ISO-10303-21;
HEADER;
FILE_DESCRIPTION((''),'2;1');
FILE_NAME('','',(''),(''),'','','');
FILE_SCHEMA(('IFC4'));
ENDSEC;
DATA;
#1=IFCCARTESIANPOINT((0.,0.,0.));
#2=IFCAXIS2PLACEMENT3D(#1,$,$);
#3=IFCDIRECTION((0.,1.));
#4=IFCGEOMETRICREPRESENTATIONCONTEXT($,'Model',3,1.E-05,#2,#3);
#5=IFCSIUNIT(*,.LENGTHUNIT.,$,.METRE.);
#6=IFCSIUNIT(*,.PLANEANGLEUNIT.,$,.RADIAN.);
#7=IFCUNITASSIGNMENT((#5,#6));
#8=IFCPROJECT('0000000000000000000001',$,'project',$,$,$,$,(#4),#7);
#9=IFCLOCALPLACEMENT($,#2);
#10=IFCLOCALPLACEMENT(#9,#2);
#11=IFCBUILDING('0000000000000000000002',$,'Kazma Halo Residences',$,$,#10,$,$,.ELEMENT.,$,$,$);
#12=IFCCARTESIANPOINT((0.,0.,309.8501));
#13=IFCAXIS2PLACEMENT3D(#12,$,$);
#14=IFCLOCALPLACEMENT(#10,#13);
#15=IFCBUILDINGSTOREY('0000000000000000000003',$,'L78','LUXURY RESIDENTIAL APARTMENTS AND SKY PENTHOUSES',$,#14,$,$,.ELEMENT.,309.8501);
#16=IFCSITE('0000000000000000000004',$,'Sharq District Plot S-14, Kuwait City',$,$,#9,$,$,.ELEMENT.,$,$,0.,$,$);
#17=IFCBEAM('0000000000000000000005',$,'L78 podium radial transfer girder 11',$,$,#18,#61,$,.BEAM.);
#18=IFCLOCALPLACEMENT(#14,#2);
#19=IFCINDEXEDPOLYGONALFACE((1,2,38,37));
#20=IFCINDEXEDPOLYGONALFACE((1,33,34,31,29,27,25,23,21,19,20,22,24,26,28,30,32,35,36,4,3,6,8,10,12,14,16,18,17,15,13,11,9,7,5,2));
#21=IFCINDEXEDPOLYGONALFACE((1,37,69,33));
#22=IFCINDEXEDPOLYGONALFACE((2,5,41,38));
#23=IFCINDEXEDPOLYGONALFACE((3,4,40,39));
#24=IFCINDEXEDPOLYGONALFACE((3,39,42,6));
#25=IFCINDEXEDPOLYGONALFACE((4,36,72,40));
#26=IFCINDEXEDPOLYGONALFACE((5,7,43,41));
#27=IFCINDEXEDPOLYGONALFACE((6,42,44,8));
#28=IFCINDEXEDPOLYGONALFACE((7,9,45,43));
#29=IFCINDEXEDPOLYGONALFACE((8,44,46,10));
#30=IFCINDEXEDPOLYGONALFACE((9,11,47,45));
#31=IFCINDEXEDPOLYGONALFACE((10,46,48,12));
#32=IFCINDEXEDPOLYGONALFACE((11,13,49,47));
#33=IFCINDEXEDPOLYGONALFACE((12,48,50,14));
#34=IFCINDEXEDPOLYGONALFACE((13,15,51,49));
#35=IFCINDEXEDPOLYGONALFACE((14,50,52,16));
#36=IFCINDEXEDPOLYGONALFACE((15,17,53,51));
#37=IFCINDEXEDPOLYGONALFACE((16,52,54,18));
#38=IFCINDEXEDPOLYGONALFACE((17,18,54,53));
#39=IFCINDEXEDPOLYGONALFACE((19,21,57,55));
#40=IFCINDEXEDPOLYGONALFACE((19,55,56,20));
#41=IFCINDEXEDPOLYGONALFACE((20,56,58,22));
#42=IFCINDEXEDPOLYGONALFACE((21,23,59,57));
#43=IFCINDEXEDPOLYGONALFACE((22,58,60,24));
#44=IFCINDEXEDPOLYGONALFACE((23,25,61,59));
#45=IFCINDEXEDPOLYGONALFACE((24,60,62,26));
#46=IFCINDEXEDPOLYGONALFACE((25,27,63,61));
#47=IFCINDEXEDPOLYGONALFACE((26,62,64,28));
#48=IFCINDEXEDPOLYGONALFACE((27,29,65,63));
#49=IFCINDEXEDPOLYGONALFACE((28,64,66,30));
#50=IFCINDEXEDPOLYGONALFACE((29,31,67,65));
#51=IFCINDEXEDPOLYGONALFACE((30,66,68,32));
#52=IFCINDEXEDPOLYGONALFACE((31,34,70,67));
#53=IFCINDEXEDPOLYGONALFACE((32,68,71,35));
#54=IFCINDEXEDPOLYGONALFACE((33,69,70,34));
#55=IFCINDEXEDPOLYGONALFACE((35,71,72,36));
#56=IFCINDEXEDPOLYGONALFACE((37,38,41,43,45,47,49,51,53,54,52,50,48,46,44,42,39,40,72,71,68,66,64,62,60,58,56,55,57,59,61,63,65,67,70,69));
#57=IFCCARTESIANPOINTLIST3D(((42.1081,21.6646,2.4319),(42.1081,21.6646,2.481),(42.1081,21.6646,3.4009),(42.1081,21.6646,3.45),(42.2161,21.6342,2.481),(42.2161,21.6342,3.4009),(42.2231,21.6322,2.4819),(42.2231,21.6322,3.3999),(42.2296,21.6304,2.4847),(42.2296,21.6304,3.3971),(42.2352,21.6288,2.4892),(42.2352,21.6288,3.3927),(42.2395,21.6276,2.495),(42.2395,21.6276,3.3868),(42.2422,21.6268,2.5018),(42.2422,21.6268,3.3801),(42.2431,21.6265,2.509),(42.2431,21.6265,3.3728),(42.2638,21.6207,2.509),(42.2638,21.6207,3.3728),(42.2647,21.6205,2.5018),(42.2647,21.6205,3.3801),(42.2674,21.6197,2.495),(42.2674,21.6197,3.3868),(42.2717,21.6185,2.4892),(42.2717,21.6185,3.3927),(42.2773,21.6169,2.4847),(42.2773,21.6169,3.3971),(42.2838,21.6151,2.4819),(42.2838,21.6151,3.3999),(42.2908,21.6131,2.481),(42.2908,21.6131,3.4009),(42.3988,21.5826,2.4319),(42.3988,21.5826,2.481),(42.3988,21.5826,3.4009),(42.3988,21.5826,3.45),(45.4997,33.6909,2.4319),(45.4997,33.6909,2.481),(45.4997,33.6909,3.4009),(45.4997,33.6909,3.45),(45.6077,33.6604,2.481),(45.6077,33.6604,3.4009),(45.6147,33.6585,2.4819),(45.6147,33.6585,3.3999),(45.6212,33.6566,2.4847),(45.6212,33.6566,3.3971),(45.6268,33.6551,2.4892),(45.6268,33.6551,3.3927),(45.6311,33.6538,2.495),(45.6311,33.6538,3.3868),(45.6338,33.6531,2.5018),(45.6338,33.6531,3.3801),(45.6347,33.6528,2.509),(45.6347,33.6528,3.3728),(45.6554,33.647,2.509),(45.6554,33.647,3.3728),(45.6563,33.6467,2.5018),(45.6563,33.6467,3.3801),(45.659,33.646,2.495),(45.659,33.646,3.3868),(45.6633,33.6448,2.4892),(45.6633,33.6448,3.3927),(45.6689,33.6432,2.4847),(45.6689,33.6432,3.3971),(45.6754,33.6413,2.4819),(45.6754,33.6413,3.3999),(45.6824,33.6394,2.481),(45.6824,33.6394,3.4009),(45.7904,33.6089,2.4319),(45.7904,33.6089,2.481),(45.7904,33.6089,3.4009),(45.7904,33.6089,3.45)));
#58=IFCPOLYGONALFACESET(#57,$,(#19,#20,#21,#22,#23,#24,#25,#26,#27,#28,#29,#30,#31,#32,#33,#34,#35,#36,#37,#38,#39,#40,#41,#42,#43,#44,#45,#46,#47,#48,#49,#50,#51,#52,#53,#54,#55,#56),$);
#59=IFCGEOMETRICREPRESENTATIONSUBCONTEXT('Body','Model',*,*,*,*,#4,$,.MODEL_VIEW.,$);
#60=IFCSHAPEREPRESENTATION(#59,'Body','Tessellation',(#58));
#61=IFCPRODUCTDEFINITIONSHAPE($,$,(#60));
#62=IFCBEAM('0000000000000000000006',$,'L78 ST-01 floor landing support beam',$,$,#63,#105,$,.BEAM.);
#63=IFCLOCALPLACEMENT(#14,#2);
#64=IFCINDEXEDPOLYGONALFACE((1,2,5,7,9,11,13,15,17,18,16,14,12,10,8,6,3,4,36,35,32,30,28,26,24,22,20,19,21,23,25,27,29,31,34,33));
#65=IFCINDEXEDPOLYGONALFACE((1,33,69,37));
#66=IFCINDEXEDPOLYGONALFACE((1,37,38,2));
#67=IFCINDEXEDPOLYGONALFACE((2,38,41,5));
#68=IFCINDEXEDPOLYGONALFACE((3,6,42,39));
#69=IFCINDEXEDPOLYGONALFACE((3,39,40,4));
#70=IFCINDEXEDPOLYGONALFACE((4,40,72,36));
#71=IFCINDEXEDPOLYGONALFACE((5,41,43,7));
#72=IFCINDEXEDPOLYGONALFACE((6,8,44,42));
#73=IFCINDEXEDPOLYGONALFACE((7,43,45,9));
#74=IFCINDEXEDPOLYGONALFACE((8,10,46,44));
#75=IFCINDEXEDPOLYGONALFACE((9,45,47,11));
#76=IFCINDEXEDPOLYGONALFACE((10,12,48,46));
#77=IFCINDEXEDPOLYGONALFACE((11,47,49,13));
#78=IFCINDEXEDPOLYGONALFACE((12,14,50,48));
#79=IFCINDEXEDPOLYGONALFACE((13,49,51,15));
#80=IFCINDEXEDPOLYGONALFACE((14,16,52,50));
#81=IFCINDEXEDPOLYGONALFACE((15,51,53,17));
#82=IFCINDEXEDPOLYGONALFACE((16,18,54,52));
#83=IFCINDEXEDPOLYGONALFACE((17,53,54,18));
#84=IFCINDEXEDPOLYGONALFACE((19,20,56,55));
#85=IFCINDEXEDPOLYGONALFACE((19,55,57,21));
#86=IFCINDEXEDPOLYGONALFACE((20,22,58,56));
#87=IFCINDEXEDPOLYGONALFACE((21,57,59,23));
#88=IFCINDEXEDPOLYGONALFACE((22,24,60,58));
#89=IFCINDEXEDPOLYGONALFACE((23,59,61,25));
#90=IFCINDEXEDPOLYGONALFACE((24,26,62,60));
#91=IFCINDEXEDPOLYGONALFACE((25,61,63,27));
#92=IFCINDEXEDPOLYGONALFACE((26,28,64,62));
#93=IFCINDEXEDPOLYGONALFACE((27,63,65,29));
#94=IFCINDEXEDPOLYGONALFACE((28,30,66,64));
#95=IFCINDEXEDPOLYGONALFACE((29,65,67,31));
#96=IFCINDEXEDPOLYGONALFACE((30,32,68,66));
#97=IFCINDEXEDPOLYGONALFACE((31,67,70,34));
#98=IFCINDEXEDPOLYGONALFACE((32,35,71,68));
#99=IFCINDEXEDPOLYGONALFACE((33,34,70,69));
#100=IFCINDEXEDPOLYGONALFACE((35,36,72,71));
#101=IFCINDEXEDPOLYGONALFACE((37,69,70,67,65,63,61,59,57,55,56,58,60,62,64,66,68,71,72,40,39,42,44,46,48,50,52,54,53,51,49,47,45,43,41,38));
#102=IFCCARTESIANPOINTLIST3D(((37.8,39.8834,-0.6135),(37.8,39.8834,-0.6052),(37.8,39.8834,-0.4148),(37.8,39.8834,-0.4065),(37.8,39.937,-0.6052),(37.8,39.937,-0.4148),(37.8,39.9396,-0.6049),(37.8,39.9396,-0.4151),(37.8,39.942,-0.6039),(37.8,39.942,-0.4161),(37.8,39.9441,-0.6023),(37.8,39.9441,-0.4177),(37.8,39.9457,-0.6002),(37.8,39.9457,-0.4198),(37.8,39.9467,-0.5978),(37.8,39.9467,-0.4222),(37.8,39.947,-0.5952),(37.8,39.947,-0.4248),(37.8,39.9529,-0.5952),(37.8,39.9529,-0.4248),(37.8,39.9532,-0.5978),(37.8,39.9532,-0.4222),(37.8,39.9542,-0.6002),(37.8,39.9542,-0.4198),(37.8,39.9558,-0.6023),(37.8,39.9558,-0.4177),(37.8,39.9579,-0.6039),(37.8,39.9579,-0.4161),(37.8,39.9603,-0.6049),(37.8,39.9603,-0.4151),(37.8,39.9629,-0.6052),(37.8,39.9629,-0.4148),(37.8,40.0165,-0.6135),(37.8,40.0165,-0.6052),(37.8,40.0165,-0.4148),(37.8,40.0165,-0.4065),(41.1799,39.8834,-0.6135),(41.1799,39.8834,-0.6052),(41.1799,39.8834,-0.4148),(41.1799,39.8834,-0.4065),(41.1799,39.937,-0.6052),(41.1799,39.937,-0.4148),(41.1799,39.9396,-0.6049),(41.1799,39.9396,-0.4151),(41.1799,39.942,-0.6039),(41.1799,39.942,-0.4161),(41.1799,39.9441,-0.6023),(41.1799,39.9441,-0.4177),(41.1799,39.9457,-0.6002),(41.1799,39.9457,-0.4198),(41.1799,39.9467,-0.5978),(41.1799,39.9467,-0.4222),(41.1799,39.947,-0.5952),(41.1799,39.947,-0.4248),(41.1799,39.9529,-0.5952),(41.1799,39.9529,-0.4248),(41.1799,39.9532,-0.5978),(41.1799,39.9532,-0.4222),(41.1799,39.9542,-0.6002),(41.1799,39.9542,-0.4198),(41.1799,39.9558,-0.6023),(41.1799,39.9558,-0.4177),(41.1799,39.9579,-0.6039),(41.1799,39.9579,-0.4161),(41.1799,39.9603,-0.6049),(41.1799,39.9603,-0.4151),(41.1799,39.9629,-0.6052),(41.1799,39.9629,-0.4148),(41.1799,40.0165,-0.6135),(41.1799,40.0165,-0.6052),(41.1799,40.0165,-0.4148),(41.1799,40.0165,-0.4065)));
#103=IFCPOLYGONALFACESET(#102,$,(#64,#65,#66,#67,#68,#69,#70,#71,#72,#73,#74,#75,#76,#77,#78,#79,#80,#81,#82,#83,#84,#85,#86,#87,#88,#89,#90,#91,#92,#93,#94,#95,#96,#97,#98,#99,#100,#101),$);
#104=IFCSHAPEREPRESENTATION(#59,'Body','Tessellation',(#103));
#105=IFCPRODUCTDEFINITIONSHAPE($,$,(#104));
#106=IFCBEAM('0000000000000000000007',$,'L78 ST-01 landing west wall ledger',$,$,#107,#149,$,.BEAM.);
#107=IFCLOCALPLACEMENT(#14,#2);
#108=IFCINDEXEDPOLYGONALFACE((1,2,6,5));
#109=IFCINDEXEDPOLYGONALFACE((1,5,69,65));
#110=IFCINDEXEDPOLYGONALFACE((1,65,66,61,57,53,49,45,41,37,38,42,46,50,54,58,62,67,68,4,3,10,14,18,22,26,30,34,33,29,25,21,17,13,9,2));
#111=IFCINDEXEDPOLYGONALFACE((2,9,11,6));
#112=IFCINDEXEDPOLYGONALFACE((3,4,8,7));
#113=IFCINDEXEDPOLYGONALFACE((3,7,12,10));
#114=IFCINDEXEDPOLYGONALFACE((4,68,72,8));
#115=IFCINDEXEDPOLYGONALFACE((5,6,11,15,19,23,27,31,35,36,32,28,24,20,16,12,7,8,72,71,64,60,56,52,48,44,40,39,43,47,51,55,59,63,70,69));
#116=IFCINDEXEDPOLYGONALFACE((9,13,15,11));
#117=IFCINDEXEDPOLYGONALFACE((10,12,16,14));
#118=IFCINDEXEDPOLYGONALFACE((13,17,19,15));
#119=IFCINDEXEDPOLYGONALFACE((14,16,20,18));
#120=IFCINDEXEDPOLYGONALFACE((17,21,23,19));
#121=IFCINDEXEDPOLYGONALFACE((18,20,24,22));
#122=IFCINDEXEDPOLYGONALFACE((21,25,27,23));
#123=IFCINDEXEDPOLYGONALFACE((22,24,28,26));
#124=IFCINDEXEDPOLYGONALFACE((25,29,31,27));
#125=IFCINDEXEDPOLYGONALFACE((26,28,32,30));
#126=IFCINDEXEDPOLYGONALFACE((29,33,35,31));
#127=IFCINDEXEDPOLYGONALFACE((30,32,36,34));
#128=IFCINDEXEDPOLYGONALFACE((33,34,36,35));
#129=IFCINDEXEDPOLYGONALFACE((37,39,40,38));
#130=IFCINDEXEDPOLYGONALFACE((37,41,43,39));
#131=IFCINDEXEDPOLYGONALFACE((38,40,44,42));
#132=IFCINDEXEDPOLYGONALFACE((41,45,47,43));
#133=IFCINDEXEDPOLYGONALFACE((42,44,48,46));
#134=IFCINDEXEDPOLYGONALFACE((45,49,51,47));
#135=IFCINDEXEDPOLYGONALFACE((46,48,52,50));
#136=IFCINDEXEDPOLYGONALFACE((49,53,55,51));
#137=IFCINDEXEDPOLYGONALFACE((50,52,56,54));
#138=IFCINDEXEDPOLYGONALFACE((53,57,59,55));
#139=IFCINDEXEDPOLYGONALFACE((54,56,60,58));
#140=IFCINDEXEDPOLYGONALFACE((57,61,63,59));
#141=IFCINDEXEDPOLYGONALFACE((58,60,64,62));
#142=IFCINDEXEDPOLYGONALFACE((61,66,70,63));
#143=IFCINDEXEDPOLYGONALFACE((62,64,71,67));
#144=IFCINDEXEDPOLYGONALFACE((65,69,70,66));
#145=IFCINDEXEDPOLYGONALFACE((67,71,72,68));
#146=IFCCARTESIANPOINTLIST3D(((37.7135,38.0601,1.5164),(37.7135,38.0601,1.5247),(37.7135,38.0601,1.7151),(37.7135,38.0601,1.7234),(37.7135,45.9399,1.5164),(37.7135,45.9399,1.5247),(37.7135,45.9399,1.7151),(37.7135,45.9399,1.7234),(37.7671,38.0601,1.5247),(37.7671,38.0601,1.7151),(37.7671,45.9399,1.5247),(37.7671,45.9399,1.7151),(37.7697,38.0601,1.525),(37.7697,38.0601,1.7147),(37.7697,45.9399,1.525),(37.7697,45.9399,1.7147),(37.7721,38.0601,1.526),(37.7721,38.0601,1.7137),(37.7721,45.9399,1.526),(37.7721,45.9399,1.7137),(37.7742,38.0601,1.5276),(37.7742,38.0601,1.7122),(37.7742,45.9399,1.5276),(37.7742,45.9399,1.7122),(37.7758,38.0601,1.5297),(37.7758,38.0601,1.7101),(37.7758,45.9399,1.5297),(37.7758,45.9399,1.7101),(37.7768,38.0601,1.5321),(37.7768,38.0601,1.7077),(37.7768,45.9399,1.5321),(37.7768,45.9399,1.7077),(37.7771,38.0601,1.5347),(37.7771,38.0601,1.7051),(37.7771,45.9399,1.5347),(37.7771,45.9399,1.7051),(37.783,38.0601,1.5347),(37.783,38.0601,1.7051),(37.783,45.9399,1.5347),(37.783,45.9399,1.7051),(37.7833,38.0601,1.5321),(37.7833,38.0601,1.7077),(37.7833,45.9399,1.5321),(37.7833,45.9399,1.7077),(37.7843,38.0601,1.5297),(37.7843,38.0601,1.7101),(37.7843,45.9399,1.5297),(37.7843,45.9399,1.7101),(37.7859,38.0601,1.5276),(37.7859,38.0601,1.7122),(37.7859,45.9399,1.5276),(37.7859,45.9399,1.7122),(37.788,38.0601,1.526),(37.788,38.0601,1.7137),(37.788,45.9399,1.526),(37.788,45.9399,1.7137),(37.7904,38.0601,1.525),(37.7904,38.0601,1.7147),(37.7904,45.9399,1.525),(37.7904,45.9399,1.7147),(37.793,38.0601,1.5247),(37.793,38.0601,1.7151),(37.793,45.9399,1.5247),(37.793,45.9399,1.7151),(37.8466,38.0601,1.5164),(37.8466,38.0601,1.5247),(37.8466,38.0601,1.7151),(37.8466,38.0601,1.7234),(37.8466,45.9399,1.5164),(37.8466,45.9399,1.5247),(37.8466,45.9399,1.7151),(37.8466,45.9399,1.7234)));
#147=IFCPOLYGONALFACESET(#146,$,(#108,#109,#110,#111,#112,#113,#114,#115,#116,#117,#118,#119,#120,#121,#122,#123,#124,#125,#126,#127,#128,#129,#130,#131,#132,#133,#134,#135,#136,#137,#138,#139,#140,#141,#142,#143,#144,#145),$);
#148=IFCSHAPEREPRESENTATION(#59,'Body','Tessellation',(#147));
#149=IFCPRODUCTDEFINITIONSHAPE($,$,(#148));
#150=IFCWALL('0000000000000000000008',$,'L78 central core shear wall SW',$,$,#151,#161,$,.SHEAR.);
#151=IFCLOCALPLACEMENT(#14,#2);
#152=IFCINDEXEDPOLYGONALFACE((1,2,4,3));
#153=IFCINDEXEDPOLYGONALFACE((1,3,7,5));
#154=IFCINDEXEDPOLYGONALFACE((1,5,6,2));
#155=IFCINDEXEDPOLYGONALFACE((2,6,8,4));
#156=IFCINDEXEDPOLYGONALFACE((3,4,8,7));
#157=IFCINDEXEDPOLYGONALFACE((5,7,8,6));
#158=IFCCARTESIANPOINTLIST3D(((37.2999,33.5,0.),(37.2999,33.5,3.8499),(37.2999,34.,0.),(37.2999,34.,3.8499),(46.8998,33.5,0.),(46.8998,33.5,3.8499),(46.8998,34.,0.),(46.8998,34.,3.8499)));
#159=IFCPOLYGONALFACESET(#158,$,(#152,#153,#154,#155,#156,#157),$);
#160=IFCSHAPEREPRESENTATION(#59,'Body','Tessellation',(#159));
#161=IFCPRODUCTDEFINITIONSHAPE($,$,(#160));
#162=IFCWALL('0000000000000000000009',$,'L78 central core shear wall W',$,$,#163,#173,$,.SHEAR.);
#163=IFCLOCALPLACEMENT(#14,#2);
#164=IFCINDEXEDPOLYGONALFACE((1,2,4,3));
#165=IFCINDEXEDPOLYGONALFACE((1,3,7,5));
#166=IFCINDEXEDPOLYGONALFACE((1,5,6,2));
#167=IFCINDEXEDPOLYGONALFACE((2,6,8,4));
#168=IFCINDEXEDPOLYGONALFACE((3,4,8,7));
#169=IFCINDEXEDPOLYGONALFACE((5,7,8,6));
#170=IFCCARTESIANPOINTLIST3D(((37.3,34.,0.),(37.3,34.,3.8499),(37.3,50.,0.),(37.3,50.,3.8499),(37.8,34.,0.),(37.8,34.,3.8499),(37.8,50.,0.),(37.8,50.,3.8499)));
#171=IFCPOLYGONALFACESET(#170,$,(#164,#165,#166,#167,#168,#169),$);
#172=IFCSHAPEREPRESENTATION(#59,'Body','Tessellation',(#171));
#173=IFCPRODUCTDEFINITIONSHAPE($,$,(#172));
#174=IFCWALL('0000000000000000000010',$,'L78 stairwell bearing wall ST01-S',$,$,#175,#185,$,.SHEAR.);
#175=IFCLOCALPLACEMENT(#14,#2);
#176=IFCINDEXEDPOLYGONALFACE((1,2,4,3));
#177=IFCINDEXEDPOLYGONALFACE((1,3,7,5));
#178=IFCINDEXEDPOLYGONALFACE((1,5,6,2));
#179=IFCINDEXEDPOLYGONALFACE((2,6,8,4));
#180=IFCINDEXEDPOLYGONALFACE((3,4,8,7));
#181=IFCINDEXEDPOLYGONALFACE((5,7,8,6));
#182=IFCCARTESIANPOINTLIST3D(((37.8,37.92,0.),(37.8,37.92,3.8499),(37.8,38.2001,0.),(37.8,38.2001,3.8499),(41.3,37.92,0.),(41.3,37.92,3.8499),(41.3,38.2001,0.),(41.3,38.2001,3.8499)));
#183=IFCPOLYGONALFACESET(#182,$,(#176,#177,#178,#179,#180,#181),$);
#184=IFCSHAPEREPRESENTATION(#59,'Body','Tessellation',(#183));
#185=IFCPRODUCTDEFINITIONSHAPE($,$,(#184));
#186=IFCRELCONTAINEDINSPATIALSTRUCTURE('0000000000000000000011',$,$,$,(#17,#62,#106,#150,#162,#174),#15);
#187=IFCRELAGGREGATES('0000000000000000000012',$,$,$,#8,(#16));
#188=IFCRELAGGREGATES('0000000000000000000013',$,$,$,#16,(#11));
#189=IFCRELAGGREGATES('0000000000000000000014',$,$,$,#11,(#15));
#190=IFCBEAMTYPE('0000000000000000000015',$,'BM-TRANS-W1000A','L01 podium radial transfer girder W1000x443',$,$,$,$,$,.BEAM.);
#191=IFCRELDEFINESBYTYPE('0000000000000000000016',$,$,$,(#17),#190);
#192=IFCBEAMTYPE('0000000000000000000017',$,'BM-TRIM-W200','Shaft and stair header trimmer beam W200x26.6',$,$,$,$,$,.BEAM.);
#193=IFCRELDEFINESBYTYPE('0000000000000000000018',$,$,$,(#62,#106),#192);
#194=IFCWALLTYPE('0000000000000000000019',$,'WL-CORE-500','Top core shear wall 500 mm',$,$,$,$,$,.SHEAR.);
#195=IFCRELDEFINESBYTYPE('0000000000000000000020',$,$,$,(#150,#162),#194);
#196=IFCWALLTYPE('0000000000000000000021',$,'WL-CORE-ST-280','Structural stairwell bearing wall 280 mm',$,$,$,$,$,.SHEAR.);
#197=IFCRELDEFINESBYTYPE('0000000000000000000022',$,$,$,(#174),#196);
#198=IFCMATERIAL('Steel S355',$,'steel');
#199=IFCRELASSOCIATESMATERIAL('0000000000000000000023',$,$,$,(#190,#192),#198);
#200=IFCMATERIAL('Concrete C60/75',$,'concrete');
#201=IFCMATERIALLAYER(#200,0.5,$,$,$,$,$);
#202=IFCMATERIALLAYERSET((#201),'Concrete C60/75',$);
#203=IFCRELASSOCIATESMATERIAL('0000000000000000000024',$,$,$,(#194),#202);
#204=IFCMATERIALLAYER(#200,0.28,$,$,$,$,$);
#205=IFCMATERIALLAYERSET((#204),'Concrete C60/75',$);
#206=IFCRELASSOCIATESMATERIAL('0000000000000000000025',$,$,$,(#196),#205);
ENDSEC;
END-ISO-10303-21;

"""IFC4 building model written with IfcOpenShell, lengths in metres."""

from ifc_helpers import new_model, si_unit, direction, frame, frame_2d, origin, origin_2d, place, context, subcontext, project, spatial, rectangle, i_section, extrude, material, layer, layer_set, material_profile, profile_set, type_object, element, save


model = new_model("IFC4")

# Units and contexts
model_context = context("Model", 3, precision=1e-05, world=origin(), true_north=direction((0.0, 1.0)))
body_context = subcontext(model_context, "Body", "Model", "MODEL_VIEW")
ifc_project = project(units=[si_unit("LENGTHUNIT", "METRE"), si_unit("PLANEANGLEUNIT", "RADIAN")], contexts=[model_context])

# Site, building, storey
site_placement = place(None, origin())
site = spatial("IfcSite", under=ifc_project, at=site_placement, Name="Sharq District Plot S-14, Kuwait City", CompositionType="ELEMENT", RefElevation=0.0)
building_placement = place(site_placement, origin())
building = spatial("IfcBuilding", under=site, at=building_placement, Name="Kazma Halo Residences", CompositionType="ELEMENT")
storey_placement = place(building_placement, frame((0.0, 0.0, 309.8501)))
storey = spatial("IfcBuildingStorey", under=building, at=storey_placement, Name="L78", Description="LUXURY RESIDENTIAL APARTMENTS AND SKY PENTHOUSES", CompositionType="ELEMENT", Elevation=309.8501)

# Beams
ifc_material_1 = material(Name="Steel S355", Category="steel")
ifc_material_profile_1 = material_profile(ifc_material_1, i_section(OverallWidth=0.302, OverallDepth=1.0181, WebThickness=0.0215, FlangeThickness=0.0491, FilletRadius=0.0281, at=origin_2d()), Name="W1000x443")
ifc_profile_set_1 = profile_set([ifc_material_profile_1], Name="Steel S355")
beam_type_1 = type_object("IfcBeamType", Name="BM-TRANS-W1000A", Description="L01 podium radial transfer girder W1000x443", PredefinedType="BEAM", material=ifc_profile_set_1)
beam_1_placement = place(storey_placement, frame((45.645, 33.6499, 2.9409), z_axis=(-0.271427, -0.962459, 0.0), x_axis=(0.962459, -0.271427, 0.0)))
element("IfcBeam", 1, at=beam_1_placement, inside=storey, type_object=beam_type_1, Name="L78 podium radial transfer girder 11", PredefinedType="BEAM", context=body_context, shape_type="SweptSolid", body=[
    extrude(i_section(OverallWidth=0.302, OverallDepth=1.0181, WebThickness=0.0215, FlangeThickness=0.0491, FilletRadius=0.0281, at=origin_2d()), origin(), (0.0, 0.0, 1.0), 12.4954),
])
ifc_material_profile_2 = material_profile(ifc_material_1, i_section(OverallWidth=0.1331, OverallDepth=0.207, WebThickness=0.0059, FlangeThickness=0.0083, FilletRadius=0.01, at=origin_2d()), Name="W200x26.6")
ifc_profile_set_2 = profile_set([ifc_material_profile_2], Name="Steel S355")
beam_type_2 = type_object("IfcBeamType", Name="BM-TRIM-W200", Description="Shaft and stair header trimmer beam W200x26.6", PredefinedType="BEAM", material=ifc_profile_set_2)
beam_2_placement = place(storey_placement, frame((37.8, 39.95, -0.51), z_axis=(1.0, 0.0, 0.0), x_axis=(0.0, 1.0, 0.0)))
element("IfcBeam", 2, at=beam_2_placement, inside=storey, type_object=beam_type_2, Name="L78 ST-01 floor landing support beam", PredefinedType="BEAM", context=body_context, shape_type="SweptSolid", body=[
    extrude(i_section(OverallWidth=0.1331, OverallDepth=0.207, WebThickness=0.0059, FlangeThickness=0.0083, FilletRadius=0.01, at=origin_2d()), origin(), (0.0, 0.0, 1.0), 3.3799),
])
beam_3_placement = place(storey_placement, frame((37.78, 38.0601, 1.6199), z_axis=(0.0, 1.0, 0.0), x_axis=(-1.0, 0.0, 0.0)))
element("IfcBeam", 3, at=beam_3_placement, inside=storey, type_object=beam_type_2, Name="L78 ST-01 landing west wall ledger", PredefinedType="BEAM", context=body_context, shape_type="SweptSolid", body=[
    extrude(i_section(OverallWidth=0.1331, OverallDepth=0.207, WebThickness=0.0059, FlangeThickness=0.0083, FilletRadius=0.01, at=origin_2d()), origin(), (0.0, 0.0, 1.0), 7.8799),
])

# Walls
ifc_material_2 = material(Name="Concrete C60/75", Category="concrete")
ifc_layer_1 = layer(ifc_material_2, 0.5)
ifc_layer_set_1 = layer_set([ifc_layer_1], Name="Concrete C60/75")
wall_type_1 = type_object("IfcWallType", Name="WL-CORE-500", Description="Top core shear wall 500 mm", PredefinedType="SHEAR", material=ifc_layer_set_1)
wall_1_placement = place(storey_placement, frame((37.3, 33.75, 0.0), z_axis=(0.0, 0.0, 1.0), x_axis=(1.0, 0.0, 0.0)))
element("IfcWall", 4, at=wall_1_placement, inside=storey, type_object=wall_type_1, Name="L78 central core shear wall SW", PredefinedType="SHEAR", context=body_context, shape_type="SweptSolid", body=[
    extrude(rectangle(XDim=9.5999, YDim=0.5, at=frame_2d((4.7998, 0.0))), origin(), (0.0, 0.0, 1.0), 3.8499),
])
wall_2_placement = place(storey_placement, frame((37.55, 34.0, 0.0), z_axis=(0.0, 0.0, 1.0), x_axis=(0.0, 1.0, 0.0)))
element("IfcWall", 5, at=wall_2_placement, inside=storey, type_object=wall_type_1, Name="L78 central core shear wall W", PredefinedType="SHEAR", context=body_context, shape_type="SweptSolid", body=[
    extrude(rectangle(XDim=16.0, YDim=0.5, at=frame_2d((8.0, 0.0))), origin(), (0.0, 0.0, 1.0), 3.8499),
])
ifc_layer_2 = layer(ifc_material_2, 0.28)
ifc_layer_set_2 = layer_set([ifc_layer_2], Name="Concrete C60/75")
wall_type_2 = type_object("IfcWallType", Name="WL-CORE-ST-280", Description="Structural stairwell bearing wall 280 mm", PredefinedType="SHEAR", material=ifc_layer_set_2)
wall_3_placement = place(storey_placement, frame((37.8, 38.0601, 0.0), z_axis=(0.0, 0.0, 1.0), x_axis=(1.0, 0.0, 0.0)))
element("IfcWall", 6, at=wall_3_placement, inside=storey, type_object=wall_type_2, Name="L78 stairwell bearing wall ST01-S", PredefinedType="SHEAR", context=body_context, shape_type="SweptSolid", body=[
    extrude(rectangle(XDim=3.5, YDim=0.28, at=frame_2d((1.75, 0.0))), origin(), (0.0, 0.0, 1.0), 3.8499),
])

save(model, "model.ifc")
